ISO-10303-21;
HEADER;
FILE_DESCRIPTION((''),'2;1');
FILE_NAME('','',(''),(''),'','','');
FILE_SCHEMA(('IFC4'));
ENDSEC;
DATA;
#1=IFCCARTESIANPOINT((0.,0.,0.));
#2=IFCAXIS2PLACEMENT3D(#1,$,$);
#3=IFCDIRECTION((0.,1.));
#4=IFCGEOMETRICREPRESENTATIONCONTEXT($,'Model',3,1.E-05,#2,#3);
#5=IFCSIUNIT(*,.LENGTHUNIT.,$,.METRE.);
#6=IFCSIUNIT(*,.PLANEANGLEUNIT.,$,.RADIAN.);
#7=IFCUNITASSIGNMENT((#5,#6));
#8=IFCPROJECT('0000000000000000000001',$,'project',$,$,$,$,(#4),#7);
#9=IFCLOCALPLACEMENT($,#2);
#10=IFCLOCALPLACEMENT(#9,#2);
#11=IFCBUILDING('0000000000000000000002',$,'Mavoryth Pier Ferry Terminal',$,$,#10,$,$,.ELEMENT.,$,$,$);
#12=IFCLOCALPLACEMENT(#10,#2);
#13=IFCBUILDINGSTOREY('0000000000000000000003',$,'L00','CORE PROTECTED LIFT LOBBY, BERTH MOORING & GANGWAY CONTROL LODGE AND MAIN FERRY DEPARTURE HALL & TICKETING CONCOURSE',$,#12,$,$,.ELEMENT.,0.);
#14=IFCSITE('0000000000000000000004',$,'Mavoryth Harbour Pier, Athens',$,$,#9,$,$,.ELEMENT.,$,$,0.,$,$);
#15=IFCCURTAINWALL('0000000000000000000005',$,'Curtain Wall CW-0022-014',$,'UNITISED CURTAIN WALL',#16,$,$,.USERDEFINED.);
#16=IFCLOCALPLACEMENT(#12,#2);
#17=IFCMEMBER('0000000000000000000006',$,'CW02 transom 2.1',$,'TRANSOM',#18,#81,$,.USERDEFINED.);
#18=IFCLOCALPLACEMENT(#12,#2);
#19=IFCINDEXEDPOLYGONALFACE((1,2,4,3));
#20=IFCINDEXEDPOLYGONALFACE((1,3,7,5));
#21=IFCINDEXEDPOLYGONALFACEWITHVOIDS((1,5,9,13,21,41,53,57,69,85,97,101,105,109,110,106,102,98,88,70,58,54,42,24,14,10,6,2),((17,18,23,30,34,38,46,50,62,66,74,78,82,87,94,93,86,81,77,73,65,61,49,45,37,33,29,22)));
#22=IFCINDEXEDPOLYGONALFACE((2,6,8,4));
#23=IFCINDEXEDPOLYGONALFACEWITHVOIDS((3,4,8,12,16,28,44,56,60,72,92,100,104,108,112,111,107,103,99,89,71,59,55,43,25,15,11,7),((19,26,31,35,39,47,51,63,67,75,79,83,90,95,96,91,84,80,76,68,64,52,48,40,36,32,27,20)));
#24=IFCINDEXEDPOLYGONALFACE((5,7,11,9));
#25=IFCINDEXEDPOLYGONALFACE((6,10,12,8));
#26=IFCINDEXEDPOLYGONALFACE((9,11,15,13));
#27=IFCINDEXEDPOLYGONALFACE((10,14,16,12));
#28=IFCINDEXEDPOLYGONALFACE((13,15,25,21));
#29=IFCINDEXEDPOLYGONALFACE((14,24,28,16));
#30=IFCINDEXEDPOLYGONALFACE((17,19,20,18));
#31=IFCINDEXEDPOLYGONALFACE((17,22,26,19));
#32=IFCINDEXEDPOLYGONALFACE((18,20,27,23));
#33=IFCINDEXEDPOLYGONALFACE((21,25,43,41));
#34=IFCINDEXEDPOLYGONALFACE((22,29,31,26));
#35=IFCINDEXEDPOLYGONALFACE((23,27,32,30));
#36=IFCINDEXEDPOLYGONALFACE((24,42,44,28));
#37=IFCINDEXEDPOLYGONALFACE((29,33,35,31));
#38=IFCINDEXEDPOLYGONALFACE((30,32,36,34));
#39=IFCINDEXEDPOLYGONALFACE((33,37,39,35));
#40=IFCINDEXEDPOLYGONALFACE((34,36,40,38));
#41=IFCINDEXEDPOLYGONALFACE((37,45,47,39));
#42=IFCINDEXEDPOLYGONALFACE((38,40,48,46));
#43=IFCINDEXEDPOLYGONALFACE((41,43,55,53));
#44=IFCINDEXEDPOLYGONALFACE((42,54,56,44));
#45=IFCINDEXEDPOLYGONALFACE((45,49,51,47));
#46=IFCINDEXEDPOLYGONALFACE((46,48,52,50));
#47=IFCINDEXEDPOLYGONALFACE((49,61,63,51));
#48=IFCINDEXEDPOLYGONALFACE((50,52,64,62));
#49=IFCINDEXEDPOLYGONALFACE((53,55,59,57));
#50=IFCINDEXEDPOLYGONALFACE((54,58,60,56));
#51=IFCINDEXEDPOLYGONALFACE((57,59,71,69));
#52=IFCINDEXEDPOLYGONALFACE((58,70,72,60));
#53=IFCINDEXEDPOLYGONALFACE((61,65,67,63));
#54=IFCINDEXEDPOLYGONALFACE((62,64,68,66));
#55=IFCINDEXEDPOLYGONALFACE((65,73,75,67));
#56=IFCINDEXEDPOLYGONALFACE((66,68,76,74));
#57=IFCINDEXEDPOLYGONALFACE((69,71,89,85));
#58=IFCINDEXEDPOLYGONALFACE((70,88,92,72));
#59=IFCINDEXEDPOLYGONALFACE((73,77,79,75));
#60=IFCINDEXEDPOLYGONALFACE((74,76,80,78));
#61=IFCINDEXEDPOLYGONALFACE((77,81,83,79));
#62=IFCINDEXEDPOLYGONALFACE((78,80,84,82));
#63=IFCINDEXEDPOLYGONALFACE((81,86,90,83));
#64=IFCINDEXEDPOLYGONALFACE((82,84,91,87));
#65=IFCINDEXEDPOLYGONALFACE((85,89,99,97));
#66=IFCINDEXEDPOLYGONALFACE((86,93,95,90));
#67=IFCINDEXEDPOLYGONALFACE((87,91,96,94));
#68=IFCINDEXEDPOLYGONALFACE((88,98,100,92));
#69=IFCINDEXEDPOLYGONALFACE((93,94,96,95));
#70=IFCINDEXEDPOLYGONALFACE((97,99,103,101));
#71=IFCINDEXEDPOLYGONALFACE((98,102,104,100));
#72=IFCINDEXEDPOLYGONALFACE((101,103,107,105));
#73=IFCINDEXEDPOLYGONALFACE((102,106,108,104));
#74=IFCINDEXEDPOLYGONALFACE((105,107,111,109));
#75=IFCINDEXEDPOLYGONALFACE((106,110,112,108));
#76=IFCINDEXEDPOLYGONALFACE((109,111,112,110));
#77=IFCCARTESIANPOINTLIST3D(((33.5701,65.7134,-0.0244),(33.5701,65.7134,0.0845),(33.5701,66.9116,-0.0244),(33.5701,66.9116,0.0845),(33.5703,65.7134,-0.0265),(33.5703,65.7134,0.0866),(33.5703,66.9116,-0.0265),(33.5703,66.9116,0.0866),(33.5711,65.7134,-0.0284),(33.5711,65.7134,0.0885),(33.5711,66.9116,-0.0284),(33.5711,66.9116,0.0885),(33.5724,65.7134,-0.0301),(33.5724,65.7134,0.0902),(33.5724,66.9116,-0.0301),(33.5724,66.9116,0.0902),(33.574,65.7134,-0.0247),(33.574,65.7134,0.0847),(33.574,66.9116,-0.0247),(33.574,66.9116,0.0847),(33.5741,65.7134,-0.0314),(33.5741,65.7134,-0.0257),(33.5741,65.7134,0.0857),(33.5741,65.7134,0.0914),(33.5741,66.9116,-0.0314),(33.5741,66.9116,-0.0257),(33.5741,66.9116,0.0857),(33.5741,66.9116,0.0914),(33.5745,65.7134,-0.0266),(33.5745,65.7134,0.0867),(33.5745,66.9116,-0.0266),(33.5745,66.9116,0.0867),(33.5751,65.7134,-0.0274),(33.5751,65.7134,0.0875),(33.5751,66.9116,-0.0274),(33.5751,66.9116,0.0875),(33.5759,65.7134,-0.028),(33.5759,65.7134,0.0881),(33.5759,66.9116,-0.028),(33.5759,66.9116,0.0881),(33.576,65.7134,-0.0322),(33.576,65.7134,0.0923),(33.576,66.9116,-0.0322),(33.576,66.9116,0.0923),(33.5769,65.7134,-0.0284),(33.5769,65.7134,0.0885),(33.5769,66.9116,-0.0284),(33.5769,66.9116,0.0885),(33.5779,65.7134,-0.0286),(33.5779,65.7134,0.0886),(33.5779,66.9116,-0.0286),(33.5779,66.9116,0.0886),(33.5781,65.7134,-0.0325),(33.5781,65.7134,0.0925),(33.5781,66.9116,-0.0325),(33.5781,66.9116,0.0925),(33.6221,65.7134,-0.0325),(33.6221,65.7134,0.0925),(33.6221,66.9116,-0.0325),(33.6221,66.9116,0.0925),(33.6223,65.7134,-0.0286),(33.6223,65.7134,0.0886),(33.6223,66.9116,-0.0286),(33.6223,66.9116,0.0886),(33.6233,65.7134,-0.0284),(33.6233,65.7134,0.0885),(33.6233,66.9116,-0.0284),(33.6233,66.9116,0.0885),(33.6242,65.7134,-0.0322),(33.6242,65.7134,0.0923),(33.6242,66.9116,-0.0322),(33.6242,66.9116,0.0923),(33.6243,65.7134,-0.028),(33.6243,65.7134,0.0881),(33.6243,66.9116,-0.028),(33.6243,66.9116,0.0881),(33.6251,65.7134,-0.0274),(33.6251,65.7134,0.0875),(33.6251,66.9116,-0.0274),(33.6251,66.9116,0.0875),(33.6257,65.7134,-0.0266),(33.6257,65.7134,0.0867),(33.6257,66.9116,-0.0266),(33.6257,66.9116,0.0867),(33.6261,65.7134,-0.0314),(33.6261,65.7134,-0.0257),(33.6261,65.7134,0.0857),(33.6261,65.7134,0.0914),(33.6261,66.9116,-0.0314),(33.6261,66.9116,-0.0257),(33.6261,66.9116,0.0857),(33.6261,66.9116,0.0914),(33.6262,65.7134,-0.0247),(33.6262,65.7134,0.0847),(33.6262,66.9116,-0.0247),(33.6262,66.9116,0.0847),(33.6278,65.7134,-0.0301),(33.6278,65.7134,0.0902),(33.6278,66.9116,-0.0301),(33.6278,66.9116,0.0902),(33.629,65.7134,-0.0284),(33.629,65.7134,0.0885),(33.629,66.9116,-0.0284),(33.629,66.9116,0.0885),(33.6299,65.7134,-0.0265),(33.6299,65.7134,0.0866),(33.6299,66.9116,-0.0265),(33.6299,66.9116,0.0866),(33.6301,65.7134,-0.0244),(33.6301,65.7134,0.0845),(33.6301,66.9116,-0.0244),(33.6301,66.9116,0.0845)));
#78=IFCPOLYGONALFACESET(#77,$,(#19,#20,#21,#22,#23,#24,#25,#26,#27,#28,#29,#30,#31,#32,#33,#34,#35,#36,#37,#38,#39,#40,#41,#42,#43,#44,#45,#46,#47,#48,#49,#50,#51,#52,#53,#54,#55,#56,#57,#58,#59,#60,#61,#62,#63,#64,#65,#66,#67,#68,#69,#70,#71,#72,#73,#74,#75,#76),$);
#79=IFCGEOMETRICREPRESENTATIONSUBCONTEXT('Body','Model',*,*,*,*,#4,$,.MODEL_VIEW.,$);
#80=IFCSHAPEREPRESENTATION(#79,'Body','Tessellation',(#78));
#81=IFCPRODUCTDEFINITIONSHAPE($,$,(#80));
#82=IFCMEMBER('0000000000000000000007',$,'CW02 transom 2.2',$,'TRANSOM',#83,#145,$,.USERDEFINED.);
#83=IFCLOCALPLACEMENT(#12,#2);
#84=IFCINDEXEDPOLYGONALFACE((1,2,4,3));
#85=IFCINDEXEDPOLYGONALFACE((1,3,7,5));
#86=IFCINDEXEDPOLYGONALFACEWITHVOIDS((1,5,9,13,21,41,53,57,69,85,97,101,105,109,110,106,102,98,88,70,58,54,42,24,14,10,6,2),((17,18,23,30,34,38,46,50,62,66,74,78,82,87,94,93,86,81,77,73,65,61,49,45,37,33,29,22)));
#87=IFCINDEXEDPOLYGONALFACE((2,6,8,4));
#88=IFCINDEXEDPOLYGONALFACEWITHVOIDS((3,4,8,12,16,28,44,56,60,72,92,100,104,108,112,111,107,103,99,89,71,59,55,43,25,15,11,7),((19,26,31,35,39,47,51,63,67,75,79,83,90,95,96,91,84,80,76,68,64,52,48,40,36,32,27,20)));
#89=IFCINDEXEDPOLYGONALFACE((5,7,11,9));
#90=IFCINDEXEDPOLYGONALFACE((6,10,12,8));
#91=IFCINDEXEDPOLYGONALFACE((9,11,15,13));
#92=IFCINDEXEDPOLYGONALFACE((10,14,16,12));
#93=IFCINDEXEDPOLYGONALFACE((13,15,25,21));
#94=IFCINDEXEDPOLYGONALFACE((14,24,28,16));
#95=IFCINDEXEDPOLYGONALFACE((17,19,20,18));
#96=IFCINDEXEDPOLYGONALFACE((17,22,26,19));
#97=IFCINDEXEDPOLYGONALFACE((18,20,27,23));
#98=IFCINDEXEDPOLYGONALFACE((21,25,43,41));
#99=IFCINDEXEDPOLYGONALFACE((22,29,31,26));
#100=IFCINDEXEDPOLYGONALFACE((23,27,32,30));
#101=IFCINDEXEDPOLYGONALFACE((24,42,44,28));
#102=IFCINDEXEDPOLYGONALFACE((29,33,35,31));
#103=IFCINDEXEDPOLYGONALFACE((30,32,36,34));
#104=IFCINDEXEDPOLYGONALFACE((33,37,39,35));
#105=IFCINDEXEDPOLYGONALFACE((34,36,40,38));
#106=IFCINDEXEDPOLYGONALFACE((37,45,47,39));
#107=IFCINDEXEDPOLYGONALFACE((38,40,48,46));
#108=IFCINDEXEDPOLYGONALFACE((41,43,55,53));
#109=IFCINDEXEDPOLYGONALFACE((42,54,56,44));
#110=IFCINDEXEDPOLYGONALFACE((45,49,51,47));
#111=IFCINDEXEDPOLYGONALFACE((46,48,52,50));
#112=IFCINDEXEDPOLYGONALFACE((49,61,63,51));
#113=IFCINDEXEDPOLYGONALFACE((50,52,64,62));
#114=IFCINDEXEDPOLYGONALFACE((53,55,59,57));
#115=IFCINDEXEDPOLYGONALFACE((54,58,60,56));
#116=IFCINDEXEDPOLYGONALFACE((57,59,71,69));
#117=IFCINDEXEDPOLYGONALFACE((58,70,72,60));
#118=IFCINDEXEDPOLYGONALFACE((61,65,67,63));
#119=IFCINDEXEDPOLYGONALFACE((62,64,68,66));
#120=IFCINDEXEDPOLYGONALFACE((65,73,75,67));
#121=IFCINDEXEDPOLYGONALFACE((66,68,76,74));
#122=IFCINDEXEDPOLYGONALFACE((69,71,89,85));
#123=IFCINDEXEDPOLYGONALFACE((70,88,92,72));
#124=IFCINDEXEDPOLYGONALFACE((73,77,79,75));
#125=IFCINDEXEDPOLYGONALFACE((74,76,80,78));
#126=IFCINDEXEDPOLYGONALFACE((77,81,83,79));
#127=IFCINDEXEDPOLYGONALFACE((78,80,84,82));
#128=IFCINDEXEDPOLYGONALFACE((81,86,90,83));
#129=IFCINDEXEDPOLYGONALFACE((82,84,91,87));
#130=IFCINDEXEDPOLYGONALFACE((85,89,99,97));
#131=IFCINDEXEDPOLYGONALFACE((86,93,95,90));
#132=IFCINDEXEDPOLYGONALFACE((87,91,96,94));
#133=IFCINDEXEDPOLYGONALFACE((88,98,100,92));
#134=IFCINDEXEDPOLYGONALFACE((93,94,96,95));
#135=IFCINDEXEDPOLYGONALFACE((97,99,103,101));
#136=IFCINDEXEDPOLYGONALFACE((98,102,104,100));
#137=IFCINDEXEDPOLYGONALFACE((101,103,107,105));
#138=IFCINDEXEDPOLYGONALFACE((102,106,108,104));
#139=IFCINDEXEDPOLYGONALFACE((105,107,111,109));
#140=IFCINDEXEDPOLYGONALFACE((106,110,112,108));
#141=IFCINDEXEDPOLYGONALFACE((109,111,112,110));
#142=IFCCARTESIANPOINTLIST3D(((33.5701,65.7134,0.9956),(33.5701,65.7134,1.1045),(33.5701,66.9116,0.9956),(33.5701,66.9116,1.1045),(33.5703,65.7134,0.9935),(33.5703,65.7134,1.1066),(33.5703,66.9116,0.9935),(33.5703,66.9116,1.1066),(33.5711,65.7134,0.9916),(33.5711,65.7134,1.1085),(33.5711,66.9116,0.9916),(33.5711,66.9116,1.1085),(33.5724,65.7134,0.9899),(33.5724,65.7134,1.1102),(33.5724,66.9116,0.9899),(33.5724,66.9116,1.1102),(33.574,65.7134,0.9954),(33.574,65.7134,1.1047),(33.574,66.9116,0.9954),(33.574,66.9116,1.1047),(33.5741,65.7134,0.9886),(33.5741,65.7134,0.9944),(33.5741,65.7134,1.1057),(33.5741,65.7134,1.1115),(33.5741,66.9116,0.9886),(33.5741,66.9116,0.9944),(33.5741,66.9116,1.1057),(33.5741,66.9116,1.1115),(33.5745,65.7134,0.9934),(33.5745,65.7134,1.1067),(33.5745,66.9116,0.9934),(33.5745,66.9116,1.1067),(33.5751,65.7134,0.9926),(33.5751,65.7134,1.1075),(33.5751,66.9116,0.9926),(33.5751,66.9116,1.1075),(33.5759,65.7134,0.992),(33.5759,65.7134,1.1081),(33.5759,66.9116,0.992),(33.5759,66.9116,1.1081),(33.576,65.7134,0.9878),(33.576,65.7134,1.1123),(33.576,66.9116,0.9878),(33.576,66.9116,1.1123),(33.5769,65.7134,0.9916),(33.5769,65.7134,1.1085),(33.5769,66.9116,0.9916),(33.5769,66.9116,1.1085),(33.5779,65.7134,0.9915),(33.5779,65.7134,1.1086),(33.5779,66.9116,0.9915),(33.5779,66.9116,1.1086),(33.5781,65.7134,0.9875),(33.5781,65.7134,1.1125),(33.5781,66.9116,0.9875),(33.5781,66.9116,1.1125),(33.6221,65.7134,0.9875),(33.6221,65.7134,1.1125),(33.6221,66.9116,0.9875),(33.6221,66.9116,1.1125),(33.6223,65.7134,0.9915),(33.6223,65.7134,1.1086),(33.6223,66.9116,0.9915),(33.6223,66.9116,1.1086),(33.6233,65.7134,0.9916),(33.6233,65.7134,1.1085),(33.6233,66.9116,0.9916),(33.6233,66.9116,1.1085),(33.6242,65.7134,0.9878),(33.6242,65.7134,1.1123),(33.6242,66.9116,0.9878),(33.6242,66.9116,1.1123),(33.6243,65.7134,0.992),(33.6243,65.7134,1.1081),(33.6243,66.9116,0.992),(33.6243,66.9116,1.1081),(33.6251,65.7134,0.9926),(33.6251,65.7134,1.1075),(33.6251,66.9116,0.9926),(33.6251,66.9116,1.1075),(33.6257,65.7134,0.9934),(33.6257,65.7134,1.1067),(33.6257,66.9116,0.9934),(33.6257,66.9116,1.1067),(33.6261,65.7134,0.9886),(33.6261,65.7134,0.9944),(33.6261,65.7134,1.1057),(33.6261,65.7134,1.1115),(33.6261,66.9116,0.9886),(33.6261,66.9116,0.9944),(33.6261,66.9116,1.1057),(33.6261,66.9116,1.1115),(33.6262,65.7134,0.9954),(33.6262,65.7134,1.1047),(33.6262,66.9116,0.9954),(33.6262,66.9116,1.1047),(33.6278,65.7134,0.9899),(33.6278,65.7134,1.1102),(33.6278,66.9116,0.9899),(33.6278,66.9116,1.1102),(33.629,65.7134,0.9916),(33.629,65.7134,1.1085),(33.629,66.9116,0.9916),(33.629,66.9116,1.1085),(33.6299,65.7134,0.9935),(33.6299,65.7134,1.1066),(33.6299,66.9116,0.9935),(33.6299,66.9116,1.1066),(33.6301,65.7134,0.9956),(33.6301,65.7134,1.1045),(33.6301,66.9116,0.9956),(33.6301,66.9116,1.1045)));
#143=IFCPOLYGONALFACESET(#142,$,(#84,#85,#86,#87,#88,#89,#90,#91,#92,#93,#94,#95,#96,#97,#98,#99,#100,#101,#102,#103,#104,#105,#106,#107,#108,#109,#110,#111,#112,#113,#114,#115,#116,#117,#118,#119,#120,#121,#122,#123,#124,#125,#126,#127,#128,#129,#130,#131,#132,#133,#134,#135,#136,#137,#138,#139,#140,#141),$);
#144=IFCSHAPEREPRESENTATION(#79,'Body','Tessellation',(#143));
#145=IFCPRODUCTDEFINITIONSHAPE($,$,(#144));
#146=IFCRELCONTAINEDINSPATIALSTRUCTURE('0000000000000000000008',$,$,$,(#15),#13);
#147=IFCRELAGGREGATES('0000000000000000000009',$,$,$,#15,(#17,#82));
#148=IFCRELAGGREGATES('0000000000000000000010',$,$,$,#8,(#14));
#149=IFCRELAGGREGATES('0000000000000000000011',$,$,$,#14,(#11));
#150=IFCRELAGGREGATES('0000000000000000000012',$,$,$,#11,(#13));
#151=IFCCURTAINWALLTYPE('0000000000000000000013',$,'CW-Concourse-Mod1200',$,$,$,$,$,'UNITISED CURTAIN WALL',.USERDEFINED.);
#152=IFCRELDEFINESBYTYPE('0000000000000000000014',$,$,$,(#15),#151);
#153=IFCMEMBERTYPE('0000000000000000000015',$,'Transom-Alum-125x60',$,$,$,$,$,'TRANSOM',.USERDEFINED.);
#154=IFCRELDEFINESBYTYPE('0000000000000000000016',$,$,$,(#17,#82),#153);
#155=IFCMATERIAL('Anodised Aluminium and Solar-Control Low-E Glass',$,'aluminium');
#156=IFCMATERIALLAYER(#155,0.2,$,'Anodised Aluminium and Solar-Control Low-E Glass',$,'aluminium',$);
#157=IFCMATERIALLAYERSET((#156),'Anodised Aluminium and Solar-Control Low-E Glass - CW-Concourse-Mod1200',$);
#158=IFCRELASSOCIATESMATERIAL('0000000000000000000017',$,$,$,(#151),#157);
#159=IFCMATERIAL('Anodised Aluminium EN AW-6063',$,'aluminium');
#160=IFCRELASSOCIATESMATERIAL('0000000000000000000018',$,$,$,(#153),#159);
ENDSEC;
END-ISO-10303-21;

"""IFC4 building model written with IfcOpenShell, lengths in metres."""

from ifc_helpers import new_model, si_unit, direction, frame, origin, origin_2d, place, context, subcontext, project, spatial, hollow_rectangle, extrude, material, layer, layer_set, material_profile, profile_set, type_object, element, aggregate, save


model = new_model("IFC4")

# Units and contexts
model_context = context("Model", 3, precision=1e-05, world=origin(), true_north=direction((0.0, 1.0)))
body_context = subcontext(model_context, "Body", "Model", "MODEL_VIEW")
ifc_project = project(units=[si_unit("LENGTHUNIT", "METRE"), si_unit("PLANEANGLEUNIT", "RADIAN")], contexts=[model_context])

# Site, building, storey
site_placement = place(None, origin())
site = spatial("IfcSite", under=ifc_project, at=site_placement, Name="Mavoryth Harbour Pier, Athens", CompositionType="ELEMENT", RefElevation=0.0)
building_placement = place(site_placement, origin())
building = spatial("IfcBuilding", under=site, at=building_placement, Name="Mavoryth Pier Ferry Terminal", CompositionType="ELEMENT")
storey_placement = place(building_placement, origin())
storey = spatial("IfcBuildingStorey", under=building, at=storey_placement, Name="L00", Description="CORE PROTECTED LIFT LOBBY, BERTH MOORING & GANGWAY CONTROL LODGE AND MAIN FERRY DEPARTURE HALL & TICKETING CONCOURSE", CompositionType="ELEMENT", Elevation=0.0)

# Shared definitions
ifc_material_1 = material(Name="Anodised Aluminium and Solar-Control Low-E Glass", Category="aluminium")
ifc_layer_1 = layer(ifc_material_1, 0.2, Name="Anodised Aluminium and Solar-Control Low-E Glass", Category="aluminium")
ifc_layer_set_1 = layer_set([ifc_layer_1], Name="Anodised Aluminium and Solar-Control Low-E Glass - CW-Concourse-Mod1200")
curtain_wall_type = type_object("IfcCurtainWallType", Name="CW-Concourse-Mod1200", ElementType="UNITISED CURTAIN WALL", PredefinedType="USERDEFINED", material=ifc_layer_set_1)
ifc_material_2 = material(Name="Anodised Aluminium EN AW-6063", Category="aluminium")

# Curtain wall, members
curtain_wall_1_placement = place(storey_placement, origin())
curtain_wall_1 = element("IfcCurtainWall", 1, at=curtain_wall_1_placement, inside=storey, type_object=curtain_wall_type, Name="Curtain Wall CW-0022-014", ObjectType="UNITISED CURTAIN WALL", PredefinedType="USERDEFINED")
ifc_material_profile_1 = material_profile(ifc_material_2, hollow_rectangle(XDim=0.0601, YDim=0.125, WallThickness=0.0039, InnerFilletRadius=0.0039, OuterFilletRadius=0.0081, at=origin_2d()), Name="AL-TRAN 125x60x4", Category="aluminium")
ifc_profile_set_1 = profile_set([ifc_material_profile_1], Name="Anodised Aluminium EN AW-6063 - AL-TRAN 125x60x4")
member_type_1 = type_object("IfcMemberType", Name="Transom-Alum-125x60", ElementType="TRANSOM", PredefinedType="USERDEFINED", material=ifc_profile_set_1)
member_1_placement = place(storey_placement, frame((33.6001, 65.7134, 0.03), z_axis=(0.0, 1.0, 0.0), x_axis=(-1.0, 0.0, 0.0)))
member_1 = element("IfcMember", 2, at=member_1_placement, type_object=member_type_1, Name="CW02 transom 2.1", ObjectType="TRANSOM", PredefinedType="USERDEFINED", context=body_context, shape_type="SweptSolid", body=[
    extrude(hollow_rectangle(XDim=0.0601, YDim=0.125, WallThickness=0.0039, InnerFilletRadius=0.0039, OuterFilletRadius=0.0081, at=origin_2d()), origin(), (0.0, 0.0, 1.0), 1.1982),
])
member_2_placement = place(storey_placement, frame((33.6001, 65.7134, 1.05), z_axis=(0.0, 1.0, 0.0), x_axis=(-1.0, 0.0, 0.0)))
member_2 = element("IfcMember", 3, at=member_2_placement, type_object=member_type_1, Name="CW02 transom 2.2", ObjectType="TRANSOM", PredefinedType="USERDEFINED", context=body_context, shape_type="SweptSolid", body=[
    extrude(hollow_rectangle(XDim=0.0601, YDim=0.125, WallThickness=0.0039, InnerFilletRadius=0.0039, OuterFilletRadius=0.0081, at=origin_2d()), origin(), (0.0, 0.0, 1.0), 1.1982),
])

aggregate(curtain_wall_1, [member_1, member_2])

save(model, "model.ifc")
